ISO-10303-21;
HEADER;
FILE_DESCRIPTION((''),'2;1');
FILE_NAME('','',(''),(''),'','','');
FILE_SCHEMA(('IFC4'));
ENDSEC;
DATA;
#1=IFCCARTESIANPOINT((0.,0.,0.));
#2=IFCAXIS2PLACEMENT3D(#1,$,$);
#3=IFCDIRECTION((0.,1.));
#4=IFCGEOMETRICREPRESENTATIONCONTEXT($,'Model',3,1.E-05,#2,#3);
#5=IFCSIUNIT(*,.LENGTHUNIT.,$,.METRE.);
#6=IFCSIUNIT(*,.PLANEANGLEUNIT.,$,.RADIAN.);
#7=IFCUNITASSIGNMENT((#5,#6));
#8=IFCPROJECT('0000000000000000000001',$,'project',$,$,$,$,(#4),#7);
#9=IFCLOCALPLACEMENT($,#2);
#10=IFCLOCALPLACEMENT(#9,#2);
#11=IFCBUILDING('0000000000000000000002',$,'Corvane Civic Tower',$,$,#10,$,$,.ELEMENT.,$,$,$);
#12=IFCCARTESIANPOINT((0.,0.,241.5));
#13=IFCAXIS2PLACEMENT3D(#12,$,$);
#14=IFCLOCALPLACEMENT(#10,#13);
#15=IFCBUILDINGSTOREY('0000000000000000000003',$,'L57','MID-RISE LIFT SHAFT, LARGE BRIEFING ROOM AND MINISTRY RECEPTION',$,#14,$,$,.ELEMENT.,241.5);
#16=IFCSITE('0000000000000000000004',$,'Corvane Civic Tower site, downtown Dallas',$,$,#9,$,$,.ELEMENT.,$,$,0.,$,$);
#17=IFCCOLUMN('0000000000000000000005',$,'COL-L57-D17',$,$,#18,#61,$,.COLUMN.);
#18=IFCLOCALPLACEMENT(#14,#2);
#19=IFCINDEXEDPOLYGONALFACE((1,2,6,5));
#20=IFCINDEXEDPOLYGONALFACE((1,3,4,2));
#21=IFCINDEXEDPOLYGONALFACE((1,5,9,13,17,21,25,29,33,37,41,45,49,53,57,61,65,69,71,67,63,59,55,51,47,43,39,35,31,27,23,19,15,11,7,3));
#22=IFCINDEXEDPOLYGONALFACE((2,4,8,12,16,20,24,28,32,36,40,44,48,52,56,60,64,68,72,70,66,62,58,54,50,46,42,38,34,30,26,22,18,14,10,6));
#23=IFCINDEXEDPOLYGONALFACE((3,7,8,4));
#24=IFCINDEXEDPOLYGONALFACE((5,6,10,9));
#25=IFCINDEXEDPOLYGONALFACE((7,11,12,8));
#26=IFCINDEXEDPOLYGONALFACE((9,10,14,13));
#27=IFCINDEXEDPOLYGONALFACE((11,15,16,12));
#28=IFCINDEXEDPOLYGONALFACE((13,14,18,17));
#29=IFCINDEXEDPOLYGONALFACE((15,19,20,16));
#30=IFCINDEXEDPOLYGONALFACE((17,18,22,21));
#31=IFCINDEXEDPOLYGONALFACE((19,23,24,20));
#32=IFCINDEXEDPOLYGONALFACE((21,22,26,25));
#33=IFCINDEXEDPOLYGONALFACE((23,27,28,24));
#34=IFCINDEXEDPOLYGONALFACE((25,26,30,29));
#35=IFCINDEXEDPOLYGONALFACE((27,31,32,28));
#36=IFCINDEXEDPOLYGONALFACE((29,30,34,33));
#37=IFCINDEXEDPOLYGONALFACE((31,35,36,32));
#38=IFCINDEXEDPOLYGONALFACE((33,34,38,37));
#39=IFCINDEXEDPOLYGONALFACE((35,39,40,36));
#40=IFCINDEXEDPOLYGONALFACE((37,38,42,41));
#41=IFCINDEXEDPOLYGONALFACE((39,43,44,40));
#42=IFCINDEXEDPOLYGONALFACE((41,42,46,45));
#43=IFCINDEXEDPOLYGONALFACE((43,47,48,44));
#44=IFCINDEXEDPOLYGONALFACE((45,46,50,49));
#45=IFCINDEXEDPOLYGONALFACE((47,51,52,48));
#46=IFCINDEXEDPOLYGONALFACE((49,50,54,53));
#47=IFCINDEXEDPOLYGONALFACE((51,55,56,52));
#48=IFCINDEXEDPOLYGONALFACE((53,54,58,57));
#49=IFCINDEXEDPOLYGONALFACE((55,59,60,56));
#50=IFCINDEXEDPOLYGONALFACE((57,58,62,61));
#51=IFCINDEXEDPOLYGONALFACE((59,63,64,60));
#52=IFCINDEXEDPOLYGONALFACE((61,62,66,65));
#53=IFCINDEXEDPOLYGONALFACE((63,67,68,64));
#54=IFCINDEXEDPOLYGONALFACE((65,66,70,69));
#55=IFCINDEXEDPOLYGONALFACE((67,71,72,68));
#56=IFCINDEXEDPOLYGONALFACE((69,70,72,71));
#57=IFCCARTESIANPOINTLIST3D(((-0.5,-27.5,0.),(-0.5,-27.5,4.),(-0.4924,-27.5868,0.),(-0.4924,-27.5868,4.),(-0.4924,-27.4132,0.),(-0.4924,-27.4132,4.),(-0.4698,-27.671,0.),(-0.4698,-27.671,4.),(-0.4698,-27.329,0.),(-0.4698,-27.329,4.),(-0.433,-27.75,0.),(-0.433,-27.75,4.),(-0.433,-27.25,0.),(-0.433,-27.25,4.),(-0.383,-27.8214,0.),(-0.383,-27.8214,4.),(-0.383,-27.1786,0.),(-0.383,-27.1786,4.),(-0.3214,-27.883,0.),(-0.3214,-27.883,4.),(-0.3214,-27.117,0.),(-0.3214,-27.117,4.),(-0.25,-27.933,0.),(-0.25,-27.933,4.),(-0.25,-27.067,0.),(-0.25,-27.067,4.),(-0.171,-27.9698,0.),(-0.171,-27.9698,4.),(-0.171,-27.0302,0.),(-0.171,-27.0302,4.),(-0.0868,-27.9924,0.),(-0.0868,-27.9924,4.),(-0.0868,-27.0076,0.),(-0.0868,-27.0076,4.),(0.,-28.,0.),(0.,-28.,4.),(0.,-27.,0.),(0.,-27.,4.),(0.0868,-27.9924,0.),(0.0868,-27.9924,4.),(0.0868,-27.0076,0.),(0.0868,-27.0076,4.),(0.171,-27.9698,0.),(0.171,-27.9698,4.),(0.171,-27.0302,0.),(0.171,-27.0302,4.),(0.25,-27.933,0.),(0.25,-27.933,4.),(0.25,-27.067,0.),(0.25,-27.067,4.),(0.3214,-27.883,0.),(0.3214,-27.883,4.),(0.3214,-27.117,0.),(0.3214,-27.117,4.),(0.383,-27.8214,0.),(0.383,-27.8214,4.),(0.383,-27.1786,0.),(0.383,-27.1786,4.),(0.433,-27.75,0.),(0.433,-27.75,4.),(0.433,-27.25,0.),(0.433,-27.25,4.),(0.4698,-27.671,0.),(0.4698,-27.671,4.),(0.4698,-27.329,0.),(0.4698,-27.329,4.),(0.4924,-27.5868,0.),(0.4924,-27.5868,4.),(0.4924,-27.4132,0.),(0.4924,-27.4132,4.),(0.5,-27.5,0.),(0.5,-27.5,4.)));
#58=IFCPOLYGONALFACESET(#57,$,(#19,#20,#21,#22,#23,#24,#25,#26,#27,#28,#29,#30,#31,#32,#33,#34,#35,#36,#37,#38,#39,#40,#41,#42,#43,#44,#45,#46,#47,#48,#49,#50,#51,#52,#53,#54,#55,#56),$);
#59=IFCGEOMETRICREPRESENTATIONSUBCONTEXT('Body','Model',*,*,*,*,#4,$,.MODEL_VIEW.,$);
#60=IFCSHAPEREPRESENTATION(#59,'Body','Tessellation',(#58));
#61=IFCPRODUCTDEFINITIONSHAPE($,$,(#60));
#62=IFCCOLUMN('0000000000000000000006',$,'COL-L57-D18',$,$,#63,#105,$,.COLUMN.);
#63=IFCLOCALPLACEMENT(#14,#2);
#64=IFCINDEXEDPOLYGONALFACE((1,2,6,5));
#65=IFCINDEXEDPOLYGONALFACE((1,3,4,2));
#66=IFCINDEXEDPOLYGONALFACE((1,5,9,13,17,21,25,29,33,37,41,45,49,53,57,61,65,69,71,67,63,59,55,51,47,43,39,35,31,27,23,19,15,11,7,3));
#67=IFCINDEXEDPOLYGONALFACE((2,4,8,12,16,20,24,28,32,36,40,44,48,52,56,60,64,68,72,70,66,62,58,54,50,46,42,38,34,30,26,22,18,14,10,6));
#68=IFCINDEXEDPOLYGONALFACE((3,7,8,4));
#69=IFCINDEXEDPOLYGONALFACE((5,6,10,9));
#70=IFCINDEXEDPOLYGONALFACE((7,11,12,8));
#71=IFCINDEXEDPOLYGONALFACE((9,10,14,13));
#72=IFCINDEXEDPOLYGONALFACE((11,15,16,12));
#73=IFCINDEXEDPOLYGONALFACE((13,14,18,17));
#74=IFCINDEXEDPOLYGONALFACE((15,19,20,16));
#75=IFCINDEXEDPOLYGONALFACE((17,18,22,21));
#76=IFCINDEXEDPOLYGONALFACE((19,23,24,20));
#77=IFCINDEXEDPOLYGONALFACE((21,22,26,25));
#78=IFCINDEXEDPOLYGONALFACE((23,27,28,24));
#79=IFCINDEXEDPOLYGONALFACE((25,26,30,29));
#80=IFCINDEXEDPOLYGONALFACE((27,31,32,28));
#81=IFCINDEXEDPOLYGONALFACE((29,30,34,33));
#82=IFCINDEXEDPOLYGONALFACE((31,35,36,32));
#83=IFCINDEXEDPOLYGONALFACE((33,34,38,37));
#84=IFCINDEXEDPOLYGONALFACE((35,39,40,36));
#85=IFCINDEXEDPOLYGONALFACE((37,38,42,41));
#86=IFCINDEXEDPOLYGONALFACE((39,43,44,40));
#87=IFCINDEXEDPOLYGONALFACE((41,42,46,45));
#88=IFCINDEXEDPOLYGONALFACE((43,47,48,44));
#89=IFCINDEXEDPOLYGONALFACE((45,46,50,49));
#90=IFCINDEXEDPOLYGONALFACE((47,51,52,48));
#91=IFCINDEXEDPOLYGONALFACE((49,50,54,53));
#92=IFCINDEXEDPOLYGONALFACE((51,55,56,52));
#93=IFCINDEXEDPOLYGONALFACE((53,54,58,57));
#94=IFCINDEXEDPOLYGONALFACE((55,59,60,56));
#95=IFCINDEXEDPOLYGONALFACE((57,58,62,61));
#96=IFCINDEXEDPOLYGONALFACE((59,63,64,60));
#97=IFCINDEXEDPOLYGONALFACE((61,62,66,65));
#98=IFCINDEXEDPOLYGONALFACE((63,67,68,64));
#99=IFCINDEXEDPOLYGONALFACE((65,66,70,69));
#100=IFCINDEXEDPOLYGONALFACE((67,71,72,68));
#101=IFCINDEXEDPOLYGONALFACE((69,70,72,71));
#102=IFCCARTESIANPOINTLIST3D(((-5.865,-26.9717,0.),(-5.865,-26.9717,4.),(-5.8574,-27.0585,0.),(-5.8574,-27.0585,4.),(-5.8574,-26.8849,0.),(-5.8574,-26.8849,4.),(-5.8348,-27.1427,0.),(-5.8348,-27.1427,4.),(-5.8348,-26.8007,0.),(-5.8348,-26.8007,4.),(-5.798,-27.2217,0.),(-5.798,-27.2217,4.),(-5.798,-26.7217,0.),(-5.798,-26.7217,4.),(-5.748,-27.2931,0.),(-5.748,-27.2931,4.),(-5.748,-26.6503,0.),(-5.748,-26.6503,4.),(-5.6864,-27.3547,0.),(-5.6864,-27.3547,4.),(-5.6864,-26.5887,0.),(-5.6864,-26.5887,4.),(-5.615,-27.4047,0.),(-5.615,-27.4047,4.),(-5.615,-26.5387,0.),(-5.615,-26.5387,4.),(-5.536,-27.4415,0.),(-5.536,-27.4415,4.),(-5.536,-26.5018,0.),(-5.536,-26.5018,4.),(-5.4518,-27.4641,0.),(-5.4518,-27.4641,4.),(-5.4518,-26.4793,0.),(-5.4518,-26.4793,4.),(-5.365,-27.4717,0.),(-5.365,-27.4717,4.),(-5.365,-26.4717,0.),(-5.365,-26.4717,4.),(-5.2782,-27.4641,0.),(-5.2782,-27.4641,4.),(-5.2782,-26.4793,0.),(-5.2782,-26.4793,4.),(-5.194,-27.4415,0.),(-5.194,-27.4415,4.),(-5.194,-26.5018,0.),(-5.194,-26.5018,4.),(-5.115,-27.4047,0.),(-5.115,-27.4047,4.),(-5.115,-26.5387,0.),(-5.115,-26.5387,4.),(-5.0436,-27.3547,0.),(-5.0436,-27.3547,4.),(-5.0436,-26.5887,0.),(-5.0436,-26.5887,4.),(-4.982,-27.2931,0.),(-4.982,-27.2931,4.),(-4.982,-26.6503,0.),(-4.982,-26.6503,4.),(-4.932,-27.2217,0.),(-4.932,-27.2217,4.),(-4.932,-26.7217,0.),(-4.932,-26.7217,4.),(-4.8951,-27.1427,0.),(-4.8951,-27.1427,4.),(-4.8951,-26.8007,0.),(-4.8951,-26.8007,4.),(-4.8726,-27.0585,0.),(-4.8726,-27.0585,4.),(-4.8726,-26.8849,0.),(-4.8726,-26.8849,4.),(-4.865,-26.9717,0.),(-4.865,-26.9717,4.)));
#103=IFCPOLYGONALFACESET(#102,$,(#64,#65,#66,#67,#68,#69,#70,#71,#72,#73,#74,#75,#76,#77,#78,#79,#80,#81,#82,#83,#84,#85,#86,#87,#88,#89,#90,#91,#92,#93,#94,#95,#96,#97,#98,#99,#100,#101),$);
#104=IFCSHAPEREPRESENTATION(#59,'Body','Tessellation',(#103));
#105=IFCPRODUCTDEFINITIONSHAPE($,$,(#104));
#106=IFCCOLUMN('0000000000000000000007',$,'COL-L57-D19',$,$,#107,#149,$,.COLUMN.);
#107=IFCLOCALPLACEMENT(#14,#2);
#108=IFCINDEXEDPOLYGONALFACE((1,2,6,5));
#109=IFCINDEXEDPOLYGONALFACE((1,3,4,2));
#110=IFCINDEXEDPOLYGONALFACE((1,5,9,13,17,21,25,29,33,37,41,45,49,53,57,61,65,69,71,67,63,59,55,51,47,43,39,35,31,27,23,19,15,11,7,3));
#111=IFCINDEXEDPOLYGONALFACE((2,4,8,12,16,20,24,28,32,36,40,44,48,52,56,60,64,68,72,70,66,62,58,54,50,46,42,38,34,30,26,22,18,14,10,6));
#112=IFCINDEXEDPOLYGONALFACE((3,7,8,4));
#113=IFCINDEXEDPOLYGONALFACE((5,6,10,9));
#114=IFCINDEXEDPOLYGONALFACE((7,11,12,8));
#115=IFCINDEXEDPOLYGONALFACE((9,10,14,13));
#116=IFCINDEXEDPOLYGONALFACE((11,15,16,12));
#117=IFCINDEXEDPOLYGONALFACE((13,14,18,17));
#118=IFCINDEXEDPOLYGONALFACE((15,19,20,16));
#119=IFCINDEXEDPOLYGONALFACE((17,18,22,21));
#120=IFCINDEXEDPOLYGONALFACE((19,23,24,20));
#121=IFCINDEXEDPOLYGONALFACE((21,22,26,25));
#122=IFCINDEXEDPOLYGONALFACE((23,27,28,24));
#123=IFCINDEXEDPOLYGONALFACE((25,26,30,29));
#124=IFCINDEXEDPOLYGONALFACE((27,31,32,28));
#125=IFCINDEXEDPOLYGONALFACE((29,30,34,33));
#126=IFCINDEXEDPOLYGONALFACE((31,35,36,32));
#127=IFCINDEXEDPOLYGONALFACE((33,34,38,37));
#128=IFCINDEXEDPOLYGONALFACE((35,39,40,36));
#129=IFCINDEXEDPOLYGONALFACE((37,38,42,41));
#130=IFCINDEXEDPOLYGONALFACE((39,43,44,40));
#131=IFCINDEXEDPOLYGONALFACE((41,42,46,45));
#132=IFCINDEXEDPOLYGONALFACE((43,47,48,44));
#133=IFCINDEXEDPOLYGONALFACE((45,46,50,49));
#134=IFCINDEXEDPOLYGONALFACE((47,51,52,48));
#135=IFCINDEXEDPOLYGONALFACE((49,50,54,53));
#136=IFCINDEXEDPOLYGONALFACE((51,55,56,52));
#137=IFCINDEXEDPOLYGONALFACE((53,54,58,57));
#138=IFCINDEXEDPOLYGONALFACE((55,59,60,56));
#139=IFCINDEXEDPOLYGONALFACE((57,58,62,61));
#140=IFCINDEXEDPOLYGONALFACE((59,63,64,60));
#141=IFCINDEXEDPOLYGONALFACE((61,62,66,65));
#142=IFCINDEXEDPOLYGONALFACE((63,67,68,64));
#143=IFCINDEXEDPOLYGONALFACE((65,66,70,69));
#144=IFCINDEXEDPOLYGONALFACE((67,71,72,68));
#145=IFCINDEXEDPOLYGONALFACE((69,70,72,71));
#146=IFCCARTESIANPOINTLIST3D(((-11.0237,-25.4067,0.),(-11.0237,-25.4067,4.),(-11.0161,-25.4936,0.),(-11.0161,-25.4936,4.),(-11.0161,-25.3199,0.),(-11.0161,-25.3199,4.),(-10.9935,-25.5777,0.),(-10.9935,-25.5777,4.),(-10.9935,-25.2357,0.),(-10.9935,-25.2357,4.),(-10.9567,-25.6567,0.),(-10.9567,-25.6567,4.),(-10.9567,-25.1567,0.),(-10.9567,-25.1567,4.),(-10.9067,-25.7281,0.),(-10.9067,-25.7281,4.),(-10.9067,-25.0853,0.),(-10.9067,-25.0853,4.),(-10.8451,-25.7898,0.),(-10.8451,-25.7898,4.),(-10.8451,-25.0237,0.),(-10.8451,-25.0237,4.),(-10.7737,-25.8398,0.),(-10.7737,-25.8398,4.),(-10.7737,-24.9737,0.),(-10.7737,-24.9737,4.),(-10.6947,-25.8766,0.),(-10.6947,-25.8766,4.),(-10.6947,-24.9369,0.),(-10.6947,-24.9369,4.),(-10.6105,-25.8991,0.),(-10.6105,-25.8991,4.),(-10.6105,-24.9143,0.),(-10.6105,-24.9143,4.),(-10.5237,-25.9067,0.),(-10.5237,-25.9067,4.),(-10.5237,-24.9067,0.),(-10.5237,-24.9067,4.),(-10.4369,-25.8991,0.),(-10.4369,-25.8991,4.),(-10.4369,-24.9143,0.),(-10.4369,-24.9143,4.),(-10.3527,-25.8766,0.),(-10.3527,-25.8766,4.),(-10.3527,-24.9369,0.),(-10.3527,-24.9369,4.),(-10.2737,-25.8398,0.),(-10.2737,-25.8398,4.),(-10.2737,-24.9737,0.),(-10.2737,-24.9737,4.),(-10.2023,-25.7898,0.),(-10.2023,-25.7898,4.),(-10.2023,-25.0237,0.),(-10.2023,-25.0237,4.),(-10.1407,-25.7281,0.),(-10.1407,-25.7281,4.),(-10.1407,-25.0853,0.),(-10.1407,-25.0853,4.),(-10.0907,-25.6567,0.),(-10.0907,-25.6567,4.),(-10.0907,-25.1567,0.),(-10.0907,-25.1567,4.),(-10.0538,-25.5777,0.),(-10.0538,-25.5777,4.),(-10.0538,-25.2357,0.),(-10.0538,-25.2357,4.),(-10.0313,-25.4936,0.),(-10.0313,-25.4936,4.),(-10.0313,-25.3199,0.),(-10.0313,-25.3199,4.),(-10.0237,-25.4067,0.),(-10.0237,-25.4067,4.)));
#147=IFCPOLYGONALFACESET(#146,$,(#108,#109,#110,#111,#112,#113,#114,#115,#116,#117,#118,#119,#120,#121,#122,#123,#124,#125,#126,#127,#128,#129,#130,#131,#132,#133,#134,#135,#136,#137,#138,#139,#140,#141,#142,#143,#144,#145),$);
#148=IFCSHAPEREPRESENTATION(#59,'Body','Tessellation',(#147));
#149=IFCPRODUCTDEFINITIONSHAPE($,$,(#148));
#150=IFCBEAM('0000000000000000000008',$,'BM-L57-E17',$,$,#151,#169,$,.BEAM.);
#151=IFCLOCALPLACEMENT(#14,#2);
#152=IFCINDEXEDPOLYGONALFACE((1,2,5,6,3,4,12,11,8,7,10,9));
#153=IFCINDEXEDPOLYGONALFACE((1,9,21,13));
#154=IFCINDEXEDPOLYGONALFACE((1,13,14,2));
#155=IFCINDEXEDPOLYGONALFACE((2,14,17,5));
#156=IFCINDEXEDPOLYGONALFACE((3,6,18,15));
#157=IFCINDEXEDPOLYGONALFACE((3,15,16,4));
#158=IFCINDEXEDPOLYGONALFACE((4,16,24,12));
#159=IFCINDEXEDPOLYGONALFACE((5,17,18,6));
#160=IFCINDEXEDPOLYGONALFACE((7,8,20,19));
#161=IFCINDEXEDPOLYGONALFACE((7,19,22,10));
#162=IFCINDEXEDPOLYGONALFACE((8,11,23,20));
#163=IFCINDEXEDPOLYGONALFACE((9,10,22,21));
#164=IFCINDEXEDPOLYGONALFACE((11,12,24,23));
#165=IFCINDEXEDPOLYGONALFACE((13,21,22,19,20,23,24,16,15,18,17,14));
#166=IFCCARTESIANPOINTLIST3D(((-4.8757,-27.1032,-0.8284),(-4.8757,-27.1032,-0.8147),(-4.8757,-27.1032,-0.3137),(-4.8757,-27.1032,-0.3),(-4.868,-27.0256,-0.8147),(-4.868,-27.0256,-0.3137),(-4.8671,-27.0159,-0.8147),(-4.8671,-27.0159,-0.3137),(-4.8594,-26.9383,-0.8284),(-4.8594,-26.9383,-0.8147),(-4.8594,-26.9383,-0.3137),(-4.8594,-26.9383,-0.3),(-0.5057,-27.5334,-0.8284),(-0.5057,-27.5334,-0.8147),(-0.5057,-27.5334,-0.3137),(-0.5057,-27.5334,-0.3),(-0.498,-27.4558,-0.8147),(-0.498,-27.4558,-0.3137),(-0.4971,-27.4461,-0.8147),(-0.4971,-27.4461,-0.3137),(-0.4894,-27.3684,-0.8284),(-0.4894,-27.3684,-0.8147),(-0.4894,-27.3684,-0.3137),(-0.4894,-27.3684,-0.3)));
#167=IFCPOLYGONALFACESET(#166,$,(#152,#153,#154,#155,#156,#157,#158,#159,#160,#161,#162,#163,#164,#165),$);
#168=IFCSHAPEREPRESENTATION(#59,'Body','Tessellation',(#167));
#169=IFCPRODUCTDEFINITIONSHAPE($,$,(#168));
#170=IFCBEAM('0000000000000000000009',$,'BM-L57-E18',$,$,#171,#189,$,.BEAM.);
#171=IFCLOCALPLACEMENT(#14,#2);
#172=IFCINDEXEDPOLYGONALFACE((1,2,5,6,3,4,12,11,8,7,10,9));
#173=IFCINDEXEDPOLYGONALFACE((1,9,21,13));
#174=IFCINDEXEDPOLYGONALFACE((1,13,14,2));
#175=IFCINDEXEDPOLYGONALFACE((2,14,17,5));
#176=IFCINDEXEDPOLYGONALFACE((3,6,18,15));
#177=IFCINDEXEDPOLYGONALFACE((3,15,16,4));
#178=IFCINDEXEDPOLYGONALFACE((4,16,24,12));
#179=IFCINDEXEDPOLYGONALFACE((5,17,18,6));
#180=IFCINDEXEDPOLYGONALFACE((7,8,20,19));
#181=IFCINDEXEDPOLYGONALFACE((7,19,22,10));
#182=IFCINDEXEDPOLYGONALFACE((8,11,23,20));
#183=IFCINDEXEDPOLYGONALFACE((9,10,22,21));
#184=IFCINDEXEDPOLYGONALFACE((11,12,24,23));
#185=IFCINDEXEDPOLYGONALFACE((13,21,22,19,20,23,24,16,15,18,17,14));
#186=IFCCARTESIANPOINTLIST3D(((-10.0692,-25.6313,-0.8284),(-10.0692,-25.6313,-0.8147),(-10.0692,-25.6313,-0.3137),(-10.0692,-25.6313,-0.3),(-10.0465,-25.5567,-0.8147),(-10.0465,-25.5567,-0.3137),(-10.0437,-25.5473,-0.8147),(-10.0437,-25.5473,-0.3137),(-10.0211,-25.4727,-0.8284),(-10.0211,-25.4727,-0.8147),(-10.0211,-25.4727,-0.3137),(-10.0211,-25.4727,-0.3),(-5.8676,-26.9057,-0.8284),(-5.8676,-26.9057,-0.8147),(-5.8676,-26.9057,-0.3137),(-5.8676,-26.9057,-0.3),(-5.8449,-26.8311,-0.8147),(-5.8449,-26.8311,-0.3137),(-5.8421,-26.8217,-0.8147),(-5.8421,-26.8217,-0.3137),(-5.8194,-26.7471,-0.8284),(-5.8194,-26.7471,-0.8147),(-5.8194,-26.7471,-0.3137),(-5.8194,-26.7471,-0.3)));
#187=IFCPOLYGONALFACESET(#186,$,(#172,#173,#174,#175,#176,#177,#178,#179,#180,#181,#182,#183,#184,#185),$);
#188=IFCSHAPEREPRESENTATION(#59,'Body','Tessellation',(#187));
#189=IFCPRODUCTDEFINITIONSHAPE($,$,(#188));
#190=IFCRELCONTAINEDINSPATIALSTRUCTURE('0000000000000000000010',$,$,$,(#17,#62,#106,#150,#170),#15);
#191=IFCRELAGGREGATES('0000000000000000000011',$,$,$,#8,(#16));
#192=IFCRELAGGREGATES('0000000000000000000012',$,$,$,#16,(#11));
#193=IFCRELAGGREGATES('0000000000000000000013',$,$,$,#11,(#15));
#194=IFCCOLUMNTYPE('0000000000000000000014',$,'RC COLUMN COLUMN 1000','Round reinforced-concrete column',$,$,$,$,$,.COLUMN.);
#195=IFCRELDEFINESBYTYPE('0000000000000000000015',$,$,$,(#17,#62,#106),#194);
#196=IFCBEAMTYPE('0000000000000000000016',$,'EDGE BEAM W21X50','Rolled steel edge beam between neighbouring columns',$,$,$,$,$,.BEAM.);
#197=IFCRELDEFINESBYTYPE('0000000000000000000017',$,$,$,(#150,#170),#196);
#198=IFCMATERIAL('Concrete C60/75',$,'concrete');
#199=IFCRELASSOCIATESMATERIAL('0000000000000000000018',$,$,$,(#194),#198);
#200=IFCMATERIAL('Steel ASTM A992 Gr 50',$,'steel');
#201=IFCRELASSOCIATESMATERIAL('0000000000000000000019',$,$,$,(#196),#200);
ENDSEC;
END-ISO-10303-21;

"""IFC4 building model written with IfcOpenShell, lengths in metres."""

from ifc_helpers import new_model, si_unit, direction, frame, origin, origin_2d, place, context, subcontext, project, spatial, circle, i_section, extrude, material, material_profile, profile_set, type_object, element, save


model = new_model("IFC4")

# Units and contexts
model_context = context("Model", 3, precision=1e-05, world=origin(), true_north=direction((0.0, 1.0)))
body_context = subcontext(model_context, "Body", "Model", "MODEL_VIEW")
ifc_project = project(units=[si_unit("LENGTHUNIT", "METRE"), si_unit("PLANEANGLEUNIT", "RADIAN")], contexts=[model_context])

# Site, building, storey
site_placement = place(None, origin())
site = spatial("IfcSite", under=ifc_project, at=site_placement, Name="Corvane Civic Tower site, downtown Dallas", CompositionType="ELEMENT", RefElevation=0.0)
building_placement = place(site_placement, origin())
building = spatial("IfcBuilding", under=site, at=building_placement, Name="Corvane Civic Tower", CompositionType="ELEMENT")
storey_placement = place(building_placement, frame((0.0, 0.0, 241.5)))
storey = spatial("IfcBuildingStorey", under=building, at=storey_placement, Name="L57", Description="MID-RISE LIFT SHAFT, LARGE BRIEFING ROOM AND MINISTRY RECEPTION", CompositionType="ELEMENT", Elevation=241.5)

# Columns
ifc_material_1 = material(Name="Concrete C60/75", Category="concrete")
ifc_material_profile_1 = material_profile(ifc_material_1, circle(Radius=0.5, at=origin_2d()), Name="COLUMN 1000")
ifc_profile_set_1 = profile_set([ifc_material_profile_1], Name="Concrete C60/75")
column_type = type_object("IfcColumnType", Name="RC COLUMN COLUMN 1000", Description="Round reinforced-concrete column", PredefinedType="COLUMN", material=ifc_profile_set_1)
for number, where, z_axis, x_axis, name in (
    (1, (0.0, -27.5, 0.0), (0.0, 0.0, 1.0), (1.0, 0.0, 0.0), "COL-L57-D17"),
    (2, (-5.365, -26.9717, 0.0), (0.0, 0.0, 1.0), (1.0, 0.0, 0.0), "COL-L57-D18"),
    (3, (-10.5237, -25.4067, 0.0), (0.0, 0.0, 1.0), (1.0, 0.0, 0.0), "COL-L57-D19"),
):
    element("IfcColumn", number, at=place(storey_placement, frame(where, z_axis=z_axis, x_axis=x_axis)), inside=storey, type_object=column_type, Name=name, PredefinedType="COLUMN", context=body_context, shape_type="SweptSolid", body=[
        extrude(circle(Radius=0.5, at=origin_2d()), origin(), (0.0, 0.0, 1.0), 4.0),
    ])

# Beams
ifc_material_2 = material(Name="Steel ASTM A992 Gr 50", Category="steel")
ifc_material_profile_2 = material_profile(ifc_material_2, i_section(OverallWidth=0.1658, OverallDepth=0.5283, WebThickness=0.0098, FlangeThickness=0.0137, at=origin_2d()), Name="W21X50")
ifc_profile_set_2 = profile_set([ifc_material_profile_2], Name="Steel ASTM A992 Gr 50")
beam_type_1 = type_object("IfcBeamType", Name="EDGE BEAM W21X50", Description="Rolled steel edge beam between neighbouring columns", PredefinedType="BEAM", material=ifc_profile_set_2)
beam_1_placement = place(storey_placement, frame((-0.4976, -27.4509, -0.5642), z_axis=(-0.99519, 0.097968, 0.0), x_axis=(-0.097968, -0.99519, 0.0)))
element("IfcBeam", 4, at=beam_1_placement, inside=storey, type_object=beam_type_1, Name="BM-L57-E17", PredefinedType="BEAM", context=body_context, shape_type="SweptSolid", body=[
    extrude(i_section(OverallWidth=0.1658, OverallDepth=0.5283, WebThickness=0.0098, FlangeThickness=0.0137, at=origin_2d()), origin(), (0.0, 0.0, 1.0), 4.3911),
])
beam_2_placement = place(storey_placement, frame((-5.8435, -26.8264, -0.5642), z_axis=(-0.95695, 0.290254, 0.0), x_axis=(-0.290254, -0.95695, 0.0)))
element("IfcBeam", 5, at=beam_2_placement, inside=storey, type_object=beam_type_1, Name="BM-L57-E18", PredefinedType="BEAM", context=body_context, shape_type="SweptSolid", body=[
    extrude(i_section(OverallWidth=0.1658, OverallDepth=0.5283, WebThickness=0.0098, FlangeThickness=0.0137, at=origin_2d()), origin(), (0.0, 0.0, 1.0), 4.3906),
])

save(model, "model.ifc")
